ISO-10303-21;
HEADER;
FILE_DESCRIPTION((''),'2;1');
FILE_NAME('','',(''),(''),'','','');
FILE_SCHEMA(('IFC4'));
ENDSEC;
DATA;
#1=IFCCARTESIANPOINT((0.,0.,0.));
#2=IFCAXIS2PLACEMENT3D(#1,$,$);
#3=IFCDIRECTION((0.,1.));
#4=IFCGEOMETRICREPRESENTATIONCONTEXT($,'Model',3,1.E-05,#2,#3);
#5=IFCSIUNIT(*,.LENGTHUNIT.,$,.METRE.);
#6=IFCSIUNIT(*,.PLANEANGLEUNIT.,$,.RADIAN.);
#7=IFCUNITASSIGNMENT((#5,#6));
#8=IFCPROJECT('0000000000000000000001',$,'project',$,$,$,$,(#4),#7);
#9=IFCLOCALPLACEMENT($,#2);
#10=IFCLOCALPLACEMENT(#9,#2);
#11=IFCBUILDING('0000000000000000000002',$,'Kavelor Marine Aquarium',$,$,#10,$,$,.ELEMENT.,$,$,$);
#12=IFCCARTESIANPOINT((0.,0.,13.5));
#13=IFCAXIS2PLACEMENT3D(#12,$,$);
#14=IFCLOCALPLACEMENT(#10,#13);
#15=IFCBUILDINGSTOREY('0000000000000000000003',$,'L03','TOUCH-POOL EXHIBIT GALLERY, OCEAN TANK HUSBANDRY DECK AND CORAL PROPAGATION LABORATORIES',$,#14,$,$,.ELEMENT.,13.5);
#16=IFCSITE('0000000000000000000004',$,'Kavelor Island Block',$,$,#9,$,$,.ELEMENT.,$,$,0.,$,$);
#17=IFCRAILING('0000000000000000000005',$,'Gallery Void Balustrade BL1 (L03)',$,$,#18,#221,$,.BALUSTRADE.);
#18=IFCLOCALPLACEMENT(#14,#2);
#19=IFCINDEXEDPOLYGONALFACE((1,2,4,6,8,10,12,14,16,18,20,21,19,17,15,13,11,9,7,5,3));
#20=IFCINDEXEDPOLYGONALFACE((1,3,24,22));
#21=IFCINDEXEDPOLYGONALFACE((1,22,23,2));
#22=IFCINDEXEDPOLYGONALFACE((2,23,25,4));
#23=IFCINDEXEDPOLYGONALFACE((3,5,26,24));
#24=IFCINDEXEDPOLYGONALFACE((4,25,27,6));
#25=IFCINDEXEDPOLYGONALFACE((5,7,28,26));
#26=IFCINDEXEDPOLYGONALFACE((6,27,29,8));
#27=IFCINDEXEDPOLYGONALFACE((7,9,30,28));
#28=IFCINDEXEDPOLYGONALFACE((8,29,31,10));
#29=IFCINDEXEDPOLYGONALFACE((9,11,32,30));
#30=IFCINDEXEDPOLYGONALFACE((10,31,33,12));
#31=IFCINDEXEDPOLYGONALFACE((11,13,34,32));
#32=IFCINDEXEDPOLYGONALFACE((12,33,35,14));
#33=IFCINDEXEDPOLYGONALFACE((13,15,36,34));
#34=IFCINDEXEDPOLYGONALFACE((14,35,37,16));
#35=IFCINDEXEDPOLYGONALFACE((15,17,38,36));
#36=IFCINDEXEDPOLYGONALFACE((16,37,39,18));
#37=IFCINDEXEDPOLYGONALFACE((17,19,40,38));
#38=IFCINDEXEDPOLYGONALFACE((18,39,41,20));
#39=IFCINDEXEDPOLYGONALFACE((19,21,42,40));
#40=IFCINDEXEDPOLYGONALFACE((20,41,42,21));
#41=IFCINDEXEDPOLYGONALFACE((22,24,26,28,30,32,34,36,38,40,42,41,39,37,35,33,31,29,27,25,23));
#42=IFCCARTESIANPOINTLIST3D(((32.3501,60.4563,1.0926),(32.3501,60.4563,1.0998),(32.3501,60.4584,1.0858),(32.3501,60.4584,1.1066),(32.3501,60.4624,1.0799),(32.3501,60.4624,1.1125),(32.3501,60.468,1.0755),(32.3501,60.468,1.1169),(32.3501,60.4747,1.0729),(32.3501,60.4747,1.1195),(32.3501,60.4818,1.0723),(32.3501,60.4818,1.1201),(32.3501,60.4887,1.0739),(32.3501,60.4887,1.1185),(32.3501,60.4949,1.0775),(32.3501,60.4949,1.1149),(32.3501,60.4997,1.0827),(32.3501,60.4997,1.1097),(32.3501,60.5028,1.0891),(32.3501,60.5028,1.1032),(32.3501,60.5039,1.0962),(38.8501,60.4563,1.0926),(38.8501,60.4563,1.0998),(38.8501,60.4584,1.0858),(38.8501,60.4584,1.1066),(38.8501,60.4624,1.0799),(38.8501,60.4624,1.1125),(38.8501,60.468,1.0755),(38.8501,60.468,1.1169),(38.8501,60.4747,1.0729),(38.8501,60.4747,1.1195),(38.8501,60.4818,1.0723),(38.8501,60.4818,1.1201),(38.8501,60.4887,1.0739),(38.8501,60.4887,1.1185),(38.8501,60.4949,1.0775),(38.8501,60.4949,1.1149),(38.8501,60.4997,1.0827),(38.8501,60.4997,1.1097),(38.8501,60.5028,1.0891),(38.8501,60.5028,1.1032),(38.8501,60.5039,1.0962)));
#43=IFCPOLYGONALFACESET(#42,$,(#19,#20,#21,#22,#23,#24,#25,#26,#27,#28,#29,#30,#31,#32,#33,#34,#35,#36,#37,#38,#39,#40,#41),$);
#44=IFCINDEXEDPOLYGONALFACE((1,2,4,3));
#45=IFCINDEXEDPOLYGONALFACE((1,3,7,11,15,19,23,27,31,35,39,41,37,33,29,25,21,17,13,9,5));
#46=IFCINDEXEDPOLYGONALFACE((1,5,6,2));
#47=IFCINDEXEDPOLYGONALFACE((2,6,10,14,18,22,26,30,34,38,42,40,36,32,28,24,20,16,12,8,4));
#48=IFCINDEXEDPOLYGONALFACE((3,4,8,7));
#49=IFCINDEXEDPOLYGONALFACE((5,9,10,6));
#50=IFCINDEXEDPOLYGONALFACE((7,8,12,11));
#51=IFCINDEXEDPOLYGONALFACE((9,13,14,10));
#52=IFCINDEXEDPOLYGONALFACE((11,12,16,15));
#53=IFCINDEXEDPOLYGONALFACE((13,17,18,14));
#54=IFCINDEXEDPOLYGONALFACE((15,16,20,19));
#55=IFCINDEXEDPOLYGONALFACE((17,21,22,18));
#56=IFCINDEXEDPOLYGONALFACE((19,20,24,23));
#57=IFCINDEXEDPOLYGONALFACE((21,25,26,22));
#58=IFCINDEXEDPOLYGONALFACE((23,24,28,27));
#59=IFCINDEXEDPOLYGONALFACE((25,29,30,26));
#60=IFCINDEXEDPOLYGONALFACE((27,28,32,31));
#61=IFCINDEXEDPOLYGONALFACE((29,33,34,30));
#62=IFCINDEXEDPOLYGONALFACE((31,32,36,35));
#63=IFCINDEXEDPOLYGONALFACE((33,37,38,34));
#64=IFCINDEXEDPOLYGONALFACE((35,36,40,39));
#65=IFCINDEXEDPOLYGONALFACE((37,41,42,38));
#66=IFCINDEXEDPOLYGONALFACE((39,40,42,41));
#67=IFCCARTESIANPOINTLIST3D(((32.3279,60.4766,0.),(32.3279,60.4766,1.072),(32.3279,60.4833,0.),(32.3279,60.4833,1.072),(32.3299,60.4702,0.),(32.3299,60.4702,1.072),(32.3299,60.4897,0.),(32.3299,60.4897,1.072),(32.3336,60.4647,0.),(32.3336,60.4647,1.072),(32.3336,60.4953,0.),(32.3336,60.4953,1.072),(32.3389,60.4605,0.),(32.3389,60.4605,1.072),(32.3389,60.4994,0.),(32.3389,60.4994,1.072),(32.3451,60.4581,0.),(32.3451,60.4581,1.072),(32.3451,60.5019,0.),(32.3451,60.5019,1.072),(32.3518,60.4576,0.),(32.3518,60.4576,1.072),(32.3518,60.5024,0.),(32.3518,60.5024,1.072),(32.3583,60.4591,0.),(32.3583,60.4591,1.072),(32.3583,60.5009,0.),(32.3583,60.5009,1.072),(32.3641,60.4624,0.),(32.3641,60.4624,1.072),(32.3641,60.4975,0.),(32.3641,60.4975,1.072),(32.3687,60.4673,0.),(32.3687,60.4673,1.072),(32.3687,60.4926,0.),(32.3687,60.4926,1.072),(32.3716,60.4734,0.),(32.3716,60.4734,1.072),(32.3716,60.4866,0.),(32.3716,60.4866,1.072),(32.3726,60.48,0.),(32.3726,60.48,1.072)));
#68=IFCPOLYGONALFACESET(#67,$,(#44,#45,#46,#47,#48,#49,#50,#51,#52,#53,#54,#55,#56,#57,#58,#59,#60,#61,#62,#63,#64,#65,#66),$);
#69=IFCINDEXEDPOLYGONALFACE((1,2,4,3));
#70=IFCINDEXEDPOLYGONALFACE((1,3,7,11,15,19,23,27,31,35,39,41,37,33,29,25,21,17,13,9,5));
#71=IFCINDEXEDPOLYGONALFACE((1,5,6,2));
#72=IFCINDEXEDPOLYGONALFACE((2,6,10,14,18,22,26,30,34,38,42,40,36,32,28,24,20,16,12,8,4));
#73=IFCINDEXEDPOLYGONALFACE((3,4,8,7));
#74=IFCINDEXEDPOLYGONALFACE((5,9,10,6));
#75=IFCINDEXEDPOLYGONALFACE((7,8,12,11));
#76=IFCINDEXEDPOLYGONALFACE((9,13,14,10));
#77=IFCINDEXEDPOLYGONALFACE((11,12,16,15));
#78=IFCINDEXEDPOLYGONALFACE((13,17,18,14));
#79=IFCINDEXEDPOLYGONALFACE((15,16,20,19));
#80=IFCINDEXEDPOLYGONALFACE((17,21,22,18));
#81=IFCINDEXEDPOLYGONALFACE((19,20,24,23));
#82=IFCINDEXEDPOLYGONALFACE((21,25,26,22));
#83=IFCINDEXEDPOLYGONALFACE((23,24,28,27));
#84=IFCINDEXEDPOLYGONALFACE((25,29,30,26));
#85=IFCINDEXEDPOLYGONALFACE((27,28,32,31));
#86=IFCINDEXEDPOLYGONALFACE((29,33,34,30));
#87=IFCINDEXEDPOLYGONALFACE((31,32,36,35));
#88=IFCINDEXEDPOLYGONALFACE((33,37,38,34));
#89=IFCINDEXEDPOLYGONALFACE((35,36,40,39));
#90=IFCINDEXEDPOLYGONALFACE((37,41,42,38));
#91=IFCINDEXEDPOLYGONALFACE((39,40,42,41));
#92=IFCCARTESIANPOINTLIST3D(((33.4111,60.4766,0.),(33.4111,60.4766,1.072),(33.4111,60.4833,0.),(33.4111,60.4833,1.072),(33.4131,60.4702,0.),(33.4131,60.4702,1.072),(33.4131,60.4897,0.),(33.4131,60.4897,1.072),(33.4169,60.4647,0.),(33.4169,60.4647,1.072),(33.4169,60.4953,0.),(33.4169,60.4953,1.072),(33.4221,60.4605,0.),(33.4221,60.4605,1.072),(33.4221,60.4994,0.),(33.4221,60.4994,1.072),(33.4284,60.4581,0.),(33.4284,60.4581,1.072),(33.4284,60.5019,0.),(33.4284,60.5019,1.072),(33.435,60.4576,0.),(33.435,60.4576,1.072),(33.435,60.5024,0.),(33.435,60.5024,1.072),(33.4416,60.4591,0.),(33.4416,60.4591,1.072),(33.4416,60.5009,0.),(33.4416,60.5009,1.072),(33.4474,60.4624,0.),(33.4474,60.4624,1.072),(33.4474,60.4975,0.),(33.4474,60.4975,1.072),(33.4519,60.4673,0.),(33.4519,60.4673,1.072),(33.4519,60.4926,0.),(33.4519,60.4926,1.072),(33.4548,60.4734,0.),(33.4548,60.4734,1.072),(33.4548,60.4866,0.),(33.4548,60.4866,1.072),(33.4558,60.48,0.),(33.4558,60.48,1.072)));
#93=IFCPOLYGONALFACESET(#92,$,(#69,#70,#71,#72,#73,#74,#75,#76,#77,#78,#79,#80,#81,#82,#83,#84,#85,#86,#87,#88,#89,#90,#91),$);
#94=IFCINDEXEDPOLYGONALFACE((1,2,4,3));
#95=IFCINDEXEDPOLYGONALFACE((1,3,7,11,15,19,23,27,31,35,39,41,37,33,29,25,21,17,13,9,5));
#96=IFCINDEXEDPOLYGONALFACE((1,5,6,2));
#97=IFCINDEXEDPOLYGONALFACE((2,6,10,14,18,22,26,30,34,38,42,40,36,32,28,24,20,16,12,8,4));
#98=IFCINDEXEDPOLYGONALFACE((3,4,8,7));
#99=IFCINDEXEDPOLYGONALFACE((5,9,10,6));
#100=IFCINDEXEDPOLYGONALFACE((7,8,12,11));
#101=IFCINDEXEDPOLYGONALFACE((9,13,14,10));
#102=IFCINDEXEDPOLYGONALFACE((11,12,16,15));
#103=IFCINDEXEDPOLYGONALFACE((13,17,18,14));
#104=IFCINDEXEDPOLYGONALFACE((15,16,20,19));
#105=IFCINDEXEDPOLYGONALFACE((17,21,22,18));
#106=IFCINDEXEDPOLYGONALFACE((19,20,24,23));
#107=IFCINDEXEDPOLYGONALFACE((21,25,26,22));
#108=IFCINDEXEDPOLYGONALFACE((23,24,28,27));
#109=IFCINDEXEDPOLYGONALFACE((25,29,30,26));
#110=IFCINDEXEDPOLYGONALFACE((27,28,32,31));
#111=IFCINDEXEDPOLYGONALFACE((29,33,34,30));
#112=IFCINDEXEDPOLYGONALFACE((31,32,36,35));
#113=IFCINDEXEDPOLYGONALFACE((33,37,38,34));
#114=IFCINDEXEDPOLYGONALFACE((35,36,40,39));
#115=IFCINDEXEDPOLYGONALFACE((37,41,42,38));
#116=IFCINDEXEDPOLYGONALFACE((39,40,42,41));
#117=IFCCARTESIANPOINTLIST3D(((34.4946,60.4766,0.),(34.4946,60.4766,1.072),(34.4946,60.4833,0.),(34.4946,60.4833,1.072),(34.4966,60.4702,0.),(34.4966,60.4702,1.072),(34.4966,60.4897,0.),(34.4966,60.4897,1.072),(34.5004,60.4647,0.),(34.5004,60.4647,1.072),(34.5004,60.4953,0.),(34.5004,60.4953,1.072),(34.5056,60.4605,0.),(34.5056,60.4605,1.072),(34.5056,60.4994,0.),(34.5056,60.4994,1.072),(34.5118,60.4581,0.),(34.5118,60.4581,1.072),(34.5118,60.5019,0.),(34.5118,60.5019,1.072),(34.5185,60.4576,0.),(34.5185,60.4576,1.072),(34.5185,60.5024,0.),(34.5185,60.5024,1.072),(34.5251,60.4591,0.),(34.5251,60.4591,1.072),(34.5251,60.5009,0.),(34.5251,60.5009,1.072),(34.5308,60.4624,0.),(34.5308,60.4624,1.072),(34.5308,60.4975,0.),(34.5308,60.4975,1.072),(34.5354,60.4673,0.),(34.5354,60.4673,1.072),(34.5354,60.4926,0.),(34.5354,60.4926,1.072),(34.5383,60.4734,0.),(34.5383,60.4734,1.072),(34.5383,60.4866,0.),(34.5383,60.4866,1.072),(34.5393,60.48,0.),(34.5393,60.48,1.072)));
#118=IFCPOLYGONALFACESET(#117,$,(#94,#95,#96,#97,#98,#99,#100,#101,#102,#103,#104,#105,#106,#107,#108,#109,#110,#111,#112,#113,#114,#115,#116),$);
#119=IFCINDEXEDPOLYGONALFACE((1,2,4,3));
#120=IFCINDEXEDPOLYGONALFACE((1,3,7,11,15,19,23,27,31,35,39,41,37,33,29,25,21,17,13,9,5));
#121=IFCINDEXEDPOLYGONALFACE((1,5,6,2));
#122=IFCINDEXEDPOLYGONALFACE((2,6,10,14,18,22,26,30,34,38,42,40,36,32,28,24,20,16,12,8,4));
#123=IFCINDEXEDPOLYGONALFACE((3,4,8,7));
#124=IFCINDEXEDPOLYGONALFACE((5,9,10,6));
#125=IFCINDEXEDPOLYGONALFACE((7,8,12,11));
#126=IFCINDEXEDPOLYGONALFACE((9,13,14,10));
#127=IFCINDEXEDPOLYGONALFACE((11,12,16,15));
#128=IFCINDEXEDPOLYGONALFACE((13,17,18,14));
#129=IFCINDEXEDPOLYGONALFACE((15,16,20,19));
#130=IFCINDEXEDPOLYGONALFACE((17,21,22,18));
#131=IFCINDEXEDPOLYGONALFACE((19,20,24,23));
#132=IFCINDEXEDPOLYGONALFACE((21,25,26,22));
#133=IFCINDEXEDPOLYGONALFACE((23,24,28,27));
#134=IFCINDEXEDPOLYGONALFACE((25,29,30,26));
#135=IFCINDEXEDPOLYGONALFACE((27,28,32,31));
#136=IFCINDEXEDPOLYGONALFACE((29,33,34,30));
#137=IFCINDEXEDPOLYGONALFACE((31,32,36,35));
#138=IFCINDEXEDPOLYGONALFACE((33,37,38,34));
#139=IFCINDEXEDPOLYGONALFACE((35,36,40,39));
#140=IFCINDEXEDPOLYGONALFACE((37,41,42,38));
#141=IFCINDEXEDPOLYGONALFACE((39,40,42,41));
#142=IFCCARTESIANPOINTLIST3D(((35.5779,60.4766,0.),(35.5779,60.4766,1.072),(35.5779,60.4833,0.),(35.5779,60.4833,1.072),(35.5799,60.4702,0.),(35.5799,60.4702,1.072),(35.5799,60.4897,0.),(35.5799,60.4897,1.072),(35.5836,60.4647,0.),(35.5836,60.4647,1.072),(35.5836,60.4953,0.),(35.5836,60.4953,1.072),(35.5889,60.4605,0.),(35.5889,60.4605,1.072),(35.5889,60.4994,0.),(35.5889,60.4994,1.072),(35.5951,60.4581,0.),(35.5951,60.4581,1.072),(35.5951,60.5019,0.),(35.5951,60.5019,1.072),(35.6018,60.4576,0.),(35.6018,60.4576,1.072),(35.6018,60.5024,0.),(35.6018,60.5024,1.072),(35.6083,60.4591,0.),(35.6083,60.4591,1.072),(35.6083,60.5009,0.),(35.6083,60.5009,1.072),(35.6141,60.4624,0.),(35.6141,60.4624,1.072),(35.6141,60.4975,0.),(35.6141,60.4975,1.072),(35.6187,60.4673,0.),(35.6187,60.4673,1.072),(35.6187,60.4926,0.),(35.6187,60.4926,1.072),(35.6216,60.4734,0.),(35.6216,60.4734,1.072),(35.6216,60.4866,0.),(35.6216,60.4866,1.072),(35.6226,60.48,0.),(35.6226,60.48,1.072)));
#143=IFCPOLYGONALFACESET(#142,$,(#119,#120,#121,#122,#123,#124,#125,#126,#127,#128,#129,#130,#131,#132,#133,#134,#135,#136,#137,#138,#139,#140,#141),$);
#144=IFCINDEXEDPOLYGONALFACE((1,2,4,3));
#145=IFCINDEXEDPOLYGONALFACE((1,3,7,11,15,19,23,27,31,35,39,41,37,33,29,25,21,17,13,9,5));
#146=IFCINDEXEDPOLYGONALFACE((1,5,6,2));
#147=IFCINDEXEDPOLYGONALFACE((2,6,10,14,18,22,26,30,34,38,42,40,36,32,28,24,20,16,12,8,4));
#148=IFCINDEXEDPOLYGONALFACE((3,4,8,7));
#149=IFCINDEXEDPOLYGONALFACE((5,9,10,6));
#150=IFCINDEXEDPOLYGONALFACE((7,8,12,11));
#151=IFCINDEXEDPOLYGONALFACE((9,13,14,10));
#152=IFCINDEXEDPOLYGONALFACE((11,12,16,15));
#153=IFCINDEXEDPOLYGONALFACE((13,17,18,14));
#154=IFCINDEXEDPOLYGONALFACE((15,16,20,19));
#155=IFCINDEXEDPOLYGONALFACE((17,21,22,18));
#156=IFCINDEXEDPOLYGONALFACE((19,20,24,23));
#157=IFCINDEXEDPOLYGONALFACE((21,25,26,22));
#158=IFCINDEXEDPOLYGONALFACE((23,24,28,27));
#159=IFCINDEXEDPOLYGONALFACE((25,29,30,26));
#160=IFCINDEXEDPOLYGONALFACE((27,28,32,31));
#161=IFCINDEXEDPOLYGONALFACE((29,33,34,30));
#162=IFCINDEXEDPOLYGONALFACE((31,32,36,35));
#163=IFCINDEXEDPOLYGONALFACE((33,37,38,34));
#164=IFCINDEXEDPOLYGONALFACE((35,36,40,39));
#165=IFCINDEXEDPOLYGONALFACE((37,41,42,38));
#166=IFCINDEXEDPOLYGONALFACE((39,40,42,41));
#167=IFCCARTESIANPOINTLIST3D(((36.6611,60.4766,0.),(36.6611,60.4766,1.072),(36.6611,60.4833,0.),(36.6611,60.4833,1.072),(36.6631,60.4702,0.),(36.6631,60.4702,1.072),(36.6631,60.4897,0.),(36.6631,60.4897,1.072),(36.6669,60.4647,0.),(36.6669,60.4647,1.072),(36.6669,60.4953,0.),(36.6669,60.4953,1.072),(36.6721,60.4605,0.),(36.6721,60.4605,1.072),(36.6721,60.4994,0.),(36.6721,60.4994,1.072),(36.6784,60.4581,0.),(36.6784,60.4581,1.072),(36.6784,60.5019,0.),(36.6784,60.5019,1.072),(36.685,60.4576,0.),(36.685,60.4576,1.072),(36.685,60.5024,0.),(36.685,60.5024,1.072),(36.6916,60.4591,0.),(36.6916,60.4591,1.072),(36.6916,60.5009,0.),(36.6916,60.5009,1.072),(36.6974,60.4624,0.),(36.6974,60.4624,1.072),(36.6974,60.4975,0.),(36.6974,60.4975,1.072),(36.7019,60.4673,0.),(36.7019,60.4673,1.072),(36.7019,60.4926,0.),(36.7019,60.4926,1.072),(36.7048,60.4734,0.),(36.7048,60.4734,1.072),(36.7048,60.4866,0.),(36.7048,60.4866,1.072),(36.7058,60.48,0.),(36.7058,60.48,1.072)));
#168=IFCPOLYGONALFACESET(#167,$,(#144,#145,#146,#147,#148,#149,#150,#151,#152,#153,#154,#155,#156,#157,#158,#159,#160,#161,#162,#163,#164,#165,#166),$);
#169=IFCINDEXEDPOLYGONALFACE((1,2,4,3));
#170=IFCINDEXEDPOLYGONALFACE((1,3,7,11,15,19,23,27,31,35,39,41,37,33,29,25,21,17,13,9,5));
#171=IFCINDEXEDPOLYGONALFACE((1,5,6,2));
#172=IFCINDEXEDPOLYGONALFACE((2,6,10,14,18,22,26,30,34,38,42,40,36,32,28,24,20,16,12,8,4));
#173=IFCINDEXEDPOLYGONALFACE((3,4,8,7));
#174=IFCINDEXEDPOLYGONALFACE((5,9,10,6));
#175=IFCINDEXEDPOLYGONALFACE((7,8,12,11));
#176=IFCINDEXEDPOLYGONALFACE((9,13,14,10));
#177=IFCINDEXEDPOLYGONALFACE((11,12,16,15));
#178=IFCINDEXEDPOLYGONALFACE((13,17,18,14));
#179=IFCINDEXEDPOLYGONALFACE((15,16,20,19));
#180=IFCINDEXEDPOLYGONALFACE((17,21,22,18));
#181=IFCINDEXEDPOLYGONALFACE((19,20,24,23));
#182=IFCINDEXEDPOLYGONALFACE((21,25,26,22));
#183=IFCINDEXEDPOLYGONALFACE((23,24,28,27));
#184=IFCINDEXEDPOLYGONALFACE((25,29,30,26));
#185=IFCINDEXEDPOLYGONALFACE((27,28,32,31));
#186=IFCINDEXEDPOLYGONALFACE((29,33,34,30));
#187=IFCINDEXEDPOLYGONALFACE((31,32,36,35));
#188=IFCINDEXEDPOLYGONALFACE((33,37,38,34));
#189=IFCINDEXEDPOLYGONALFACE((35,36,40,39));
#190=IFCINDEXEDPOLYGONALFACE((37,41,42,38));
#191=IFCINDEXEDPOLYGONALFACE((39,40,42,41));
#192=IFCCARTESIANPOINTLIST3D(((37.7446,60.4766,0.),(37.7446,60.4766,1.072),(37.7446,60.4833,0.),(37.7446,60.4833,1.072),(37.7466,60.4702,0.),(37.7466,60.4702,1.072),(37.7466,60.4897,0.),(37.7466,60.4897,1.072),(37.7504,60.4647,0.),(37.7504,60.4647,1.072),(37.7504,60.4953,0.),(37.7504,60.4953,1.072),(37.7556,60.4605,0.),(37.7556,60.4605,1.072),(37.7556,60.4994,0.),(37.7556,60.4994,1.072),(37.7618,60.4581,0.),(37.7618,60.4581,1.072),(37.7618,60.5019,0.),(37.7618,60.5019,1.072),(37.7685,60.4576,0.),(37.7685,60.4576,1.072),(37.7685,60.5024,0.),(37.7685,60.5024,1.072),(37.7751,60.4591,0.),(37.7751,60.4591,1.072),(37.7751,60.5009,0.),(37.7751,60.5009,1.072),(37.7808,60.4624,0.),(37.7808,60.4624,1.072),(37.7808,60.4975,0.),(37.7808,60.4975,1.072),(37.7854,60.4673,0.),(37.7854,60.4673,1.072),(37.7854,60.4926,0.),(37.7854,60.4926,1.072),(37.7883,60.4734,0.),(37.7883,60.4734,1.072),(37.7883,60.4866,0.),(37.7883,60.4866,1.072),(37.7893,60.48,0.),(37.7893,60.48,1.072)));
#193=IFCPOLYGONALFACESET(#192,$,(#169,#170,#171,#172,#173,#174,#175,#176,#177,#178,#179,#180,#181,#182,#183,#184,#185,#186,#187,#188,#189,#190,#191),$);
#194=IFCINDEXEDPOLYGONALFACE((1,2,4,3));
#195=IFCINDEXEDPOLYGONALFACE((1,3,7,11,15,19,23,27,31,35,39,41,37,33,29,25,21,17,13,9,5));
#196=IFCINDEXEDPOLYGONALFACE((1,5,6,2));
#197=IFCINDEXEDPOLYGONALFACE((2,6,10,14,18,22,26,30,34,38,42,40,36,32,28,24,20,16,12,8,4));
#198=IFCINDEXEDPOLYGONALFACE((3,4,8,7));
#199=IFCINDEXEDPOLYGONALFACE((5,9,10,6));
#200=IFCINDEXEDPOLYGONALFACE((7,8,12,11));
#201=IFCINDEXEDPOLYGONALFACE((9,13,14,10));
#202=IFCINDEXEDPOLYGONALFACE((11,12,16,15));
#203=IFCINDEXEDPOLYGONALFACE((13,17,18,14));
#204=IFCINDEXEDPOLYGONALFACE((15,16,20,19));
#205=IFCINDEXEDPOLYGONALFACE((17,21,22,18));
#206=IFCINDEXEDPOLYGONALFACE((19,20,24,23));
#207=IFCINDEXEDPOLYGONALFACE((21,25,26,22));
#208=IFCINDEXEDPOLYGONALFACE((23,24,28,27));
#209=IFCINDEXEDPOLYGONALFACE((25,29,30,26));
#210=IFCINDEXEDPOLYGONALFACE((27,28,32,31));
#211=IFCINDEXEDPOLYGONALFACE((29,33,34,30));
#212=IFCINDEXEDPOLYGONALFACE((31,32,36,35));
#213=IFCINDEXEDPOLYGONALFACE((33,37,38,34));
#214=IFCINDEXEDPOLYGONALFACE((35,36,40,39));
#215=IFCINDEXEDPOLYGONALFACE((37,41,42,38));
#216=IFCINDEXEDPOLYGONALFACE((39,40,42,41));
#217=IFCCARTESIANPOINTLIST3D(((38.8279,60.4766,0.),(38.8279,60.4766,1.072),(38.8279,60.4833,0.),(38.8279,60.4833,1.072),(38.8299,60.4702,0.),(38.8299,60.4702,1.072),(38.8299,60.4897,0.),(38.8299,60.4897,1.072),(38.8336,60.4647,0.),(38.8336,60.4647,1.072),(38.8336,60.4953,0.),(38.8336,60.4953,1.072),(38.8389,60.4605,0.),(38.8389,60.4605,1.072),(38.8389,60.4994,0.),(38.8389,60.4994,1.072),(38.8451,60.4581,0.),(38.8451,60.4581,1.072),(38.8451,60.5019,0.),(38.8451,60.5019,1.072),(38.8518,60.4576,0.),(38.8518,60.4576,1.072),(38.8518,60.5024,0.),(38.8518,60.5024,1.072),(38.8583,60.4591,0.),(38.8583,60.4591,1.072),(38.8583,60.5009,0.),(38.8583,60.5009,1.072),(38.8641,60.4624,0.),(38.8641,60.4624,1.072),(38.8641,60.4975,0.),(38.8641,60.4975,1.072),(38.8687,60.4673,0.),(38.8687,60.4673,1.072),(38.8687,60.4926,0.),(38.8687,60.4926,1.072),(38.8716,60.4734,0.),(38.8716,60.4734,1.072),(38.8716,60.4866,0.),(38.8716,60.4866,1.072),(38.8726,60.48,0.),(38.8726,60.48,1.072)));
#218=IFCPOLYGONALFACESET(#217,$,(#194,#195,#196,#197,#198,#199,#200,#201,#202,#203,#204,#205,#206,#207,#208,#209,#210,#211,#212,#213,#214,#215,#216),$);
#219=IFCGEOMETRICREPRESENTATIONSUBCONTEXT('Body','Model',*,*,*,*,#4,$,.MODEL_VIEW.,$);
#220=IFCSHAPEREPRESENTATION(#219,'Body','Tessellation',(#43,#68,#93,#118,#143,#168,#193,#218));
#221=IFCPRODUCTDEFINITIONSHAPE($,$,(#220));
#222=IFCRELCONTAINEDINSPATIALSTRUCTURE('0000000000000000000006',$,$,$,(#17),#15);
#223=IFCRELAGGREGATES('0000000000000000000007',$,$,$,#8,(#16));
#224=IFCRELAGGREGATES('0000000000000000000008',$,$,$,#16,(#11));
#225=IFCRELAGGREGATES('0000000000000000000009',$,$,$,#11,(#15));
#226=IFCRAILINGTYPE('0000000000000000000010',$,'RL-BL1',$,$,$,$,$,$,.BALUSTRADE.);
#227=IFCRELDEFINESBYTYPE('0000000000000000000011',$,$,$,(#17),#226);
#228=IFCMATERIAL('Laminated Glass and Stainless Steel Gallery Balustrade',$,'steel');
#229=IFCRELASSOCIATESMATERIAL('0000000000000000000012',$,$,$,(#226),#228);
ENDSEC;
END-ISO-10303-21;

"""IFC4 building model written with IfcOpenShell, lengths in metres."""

from ifc_helpers import new_model, si_unit, direction, frame, origin, origin_2d, place, context, subcontext, project, spatial, circle, extrude, material, type_object, element, save


model = new_model("IFC4")

# Units and contexts
model_context = context("Model", 3, precision=1e-05, world=origin(), true_north=direction((0.0, 1.0)))
body_context = subcontext(model_context, "Body", "Model", "MODEL_VIEW")
ifc_project = project(units=[si_unit("LENGTHUNIT", "METRE"), si_unit("PLANEANGLEUNIT", "RADIAN")], contexts=[model_context])

# Site, building, storey
site_placement = place(None, origin())
site = spatial("IfcSite", under=ifc_project, at=site_placement, Name="Kavelor Island Block", CompositionType="ELEMENT", RefElevation=0.0)
building_placement = place(site_placement, origin())
building = spatial("IfcBuilding", under=site, at=building_placement, Name="Kavelor Marine Aquarium", CompositionType="ELEMENT")
storey_placement = place(building_placement, frame((0.0, 0.0, 13.5)))
storey = spatial("IfcBuildingStorey", under=building, at=storey_placement, Name="L03", Description="TOUCH-POOL EXHIBIT GALLERY, OCEAN TANK HUSBANDRY DECK AND CORAL PROPAGATION LABORATORIES", CompositionType="ELEMENT", Elevation=13.5)

# Railing
ifc_material_1 = material(Name="Laminated Glass and Stainless Steel Gallery Balustrade", Category="steel")
railing_type = type_object("IfcRailingType", Name="RL-BL1", PredefinedType="BALUSTRADE", material=ifc_material_1)
railing_placement = place(storey_placement, frame((32.3501, 60.48, 0.0)))
element("IfcRailing", 1, at=railing_placement, inside=storey, type_object=railing_type, Name="Gallery Void Balustrade BL1 (L03)", PredefinedType="BALUSTRADE", context=body_context, shape_type="SweptSolid", body=[
    extrude(circle(Radius=0.0239, at=origin_2d()), frame((0.0, 0.0, 1.0962), z_axis=(1.0, 0.0, 0.0), x_axis=(0.0, 1.0, 0.0)), (0.0, 0.0, 1.0), 6.5),
    extrude(circle(Radius=0.0225, at=origin_2d()), origin(), (0.0, 0.0, 1.0), 1.072),
    extrude(circle(Radius=0.0225, at=origin_2d()), frame((1.0833, 0.0, 0.0)), (0.0, 0.0, 1.0), 1.072),
    extrude(circle(Radius=0.0225, at=origin_2d()), frame((2.1667, 0.0, 0.0)), (0.0, 0.0, 1.0), 1.072),
    extrude(circle(Radius=0.0225, at=origin_2d()), frame((3.25, 0.0, 0.0)), (0.0, 0.0, 1.0), 1.072),
    extrude(circle(Radius=0.0225, at=origin_2d()), frame((4.3333, 0.0, 0.0)), (0.0, 0.0, 1.0), 1.072),
    extrude(circle(Radius=0.0225, at=origin_2d()), frame((5.4167, 0.0, 0.0)), (0.0, 0.0, 1.0), 1.072),
    extrude(circle(Radius=0.0225, at=origin_2d()), frame((6.5, 0.0, 0.0)), (0.0, 0.0, 1.0), 1.072),
])

save(model, "model.ifc")
